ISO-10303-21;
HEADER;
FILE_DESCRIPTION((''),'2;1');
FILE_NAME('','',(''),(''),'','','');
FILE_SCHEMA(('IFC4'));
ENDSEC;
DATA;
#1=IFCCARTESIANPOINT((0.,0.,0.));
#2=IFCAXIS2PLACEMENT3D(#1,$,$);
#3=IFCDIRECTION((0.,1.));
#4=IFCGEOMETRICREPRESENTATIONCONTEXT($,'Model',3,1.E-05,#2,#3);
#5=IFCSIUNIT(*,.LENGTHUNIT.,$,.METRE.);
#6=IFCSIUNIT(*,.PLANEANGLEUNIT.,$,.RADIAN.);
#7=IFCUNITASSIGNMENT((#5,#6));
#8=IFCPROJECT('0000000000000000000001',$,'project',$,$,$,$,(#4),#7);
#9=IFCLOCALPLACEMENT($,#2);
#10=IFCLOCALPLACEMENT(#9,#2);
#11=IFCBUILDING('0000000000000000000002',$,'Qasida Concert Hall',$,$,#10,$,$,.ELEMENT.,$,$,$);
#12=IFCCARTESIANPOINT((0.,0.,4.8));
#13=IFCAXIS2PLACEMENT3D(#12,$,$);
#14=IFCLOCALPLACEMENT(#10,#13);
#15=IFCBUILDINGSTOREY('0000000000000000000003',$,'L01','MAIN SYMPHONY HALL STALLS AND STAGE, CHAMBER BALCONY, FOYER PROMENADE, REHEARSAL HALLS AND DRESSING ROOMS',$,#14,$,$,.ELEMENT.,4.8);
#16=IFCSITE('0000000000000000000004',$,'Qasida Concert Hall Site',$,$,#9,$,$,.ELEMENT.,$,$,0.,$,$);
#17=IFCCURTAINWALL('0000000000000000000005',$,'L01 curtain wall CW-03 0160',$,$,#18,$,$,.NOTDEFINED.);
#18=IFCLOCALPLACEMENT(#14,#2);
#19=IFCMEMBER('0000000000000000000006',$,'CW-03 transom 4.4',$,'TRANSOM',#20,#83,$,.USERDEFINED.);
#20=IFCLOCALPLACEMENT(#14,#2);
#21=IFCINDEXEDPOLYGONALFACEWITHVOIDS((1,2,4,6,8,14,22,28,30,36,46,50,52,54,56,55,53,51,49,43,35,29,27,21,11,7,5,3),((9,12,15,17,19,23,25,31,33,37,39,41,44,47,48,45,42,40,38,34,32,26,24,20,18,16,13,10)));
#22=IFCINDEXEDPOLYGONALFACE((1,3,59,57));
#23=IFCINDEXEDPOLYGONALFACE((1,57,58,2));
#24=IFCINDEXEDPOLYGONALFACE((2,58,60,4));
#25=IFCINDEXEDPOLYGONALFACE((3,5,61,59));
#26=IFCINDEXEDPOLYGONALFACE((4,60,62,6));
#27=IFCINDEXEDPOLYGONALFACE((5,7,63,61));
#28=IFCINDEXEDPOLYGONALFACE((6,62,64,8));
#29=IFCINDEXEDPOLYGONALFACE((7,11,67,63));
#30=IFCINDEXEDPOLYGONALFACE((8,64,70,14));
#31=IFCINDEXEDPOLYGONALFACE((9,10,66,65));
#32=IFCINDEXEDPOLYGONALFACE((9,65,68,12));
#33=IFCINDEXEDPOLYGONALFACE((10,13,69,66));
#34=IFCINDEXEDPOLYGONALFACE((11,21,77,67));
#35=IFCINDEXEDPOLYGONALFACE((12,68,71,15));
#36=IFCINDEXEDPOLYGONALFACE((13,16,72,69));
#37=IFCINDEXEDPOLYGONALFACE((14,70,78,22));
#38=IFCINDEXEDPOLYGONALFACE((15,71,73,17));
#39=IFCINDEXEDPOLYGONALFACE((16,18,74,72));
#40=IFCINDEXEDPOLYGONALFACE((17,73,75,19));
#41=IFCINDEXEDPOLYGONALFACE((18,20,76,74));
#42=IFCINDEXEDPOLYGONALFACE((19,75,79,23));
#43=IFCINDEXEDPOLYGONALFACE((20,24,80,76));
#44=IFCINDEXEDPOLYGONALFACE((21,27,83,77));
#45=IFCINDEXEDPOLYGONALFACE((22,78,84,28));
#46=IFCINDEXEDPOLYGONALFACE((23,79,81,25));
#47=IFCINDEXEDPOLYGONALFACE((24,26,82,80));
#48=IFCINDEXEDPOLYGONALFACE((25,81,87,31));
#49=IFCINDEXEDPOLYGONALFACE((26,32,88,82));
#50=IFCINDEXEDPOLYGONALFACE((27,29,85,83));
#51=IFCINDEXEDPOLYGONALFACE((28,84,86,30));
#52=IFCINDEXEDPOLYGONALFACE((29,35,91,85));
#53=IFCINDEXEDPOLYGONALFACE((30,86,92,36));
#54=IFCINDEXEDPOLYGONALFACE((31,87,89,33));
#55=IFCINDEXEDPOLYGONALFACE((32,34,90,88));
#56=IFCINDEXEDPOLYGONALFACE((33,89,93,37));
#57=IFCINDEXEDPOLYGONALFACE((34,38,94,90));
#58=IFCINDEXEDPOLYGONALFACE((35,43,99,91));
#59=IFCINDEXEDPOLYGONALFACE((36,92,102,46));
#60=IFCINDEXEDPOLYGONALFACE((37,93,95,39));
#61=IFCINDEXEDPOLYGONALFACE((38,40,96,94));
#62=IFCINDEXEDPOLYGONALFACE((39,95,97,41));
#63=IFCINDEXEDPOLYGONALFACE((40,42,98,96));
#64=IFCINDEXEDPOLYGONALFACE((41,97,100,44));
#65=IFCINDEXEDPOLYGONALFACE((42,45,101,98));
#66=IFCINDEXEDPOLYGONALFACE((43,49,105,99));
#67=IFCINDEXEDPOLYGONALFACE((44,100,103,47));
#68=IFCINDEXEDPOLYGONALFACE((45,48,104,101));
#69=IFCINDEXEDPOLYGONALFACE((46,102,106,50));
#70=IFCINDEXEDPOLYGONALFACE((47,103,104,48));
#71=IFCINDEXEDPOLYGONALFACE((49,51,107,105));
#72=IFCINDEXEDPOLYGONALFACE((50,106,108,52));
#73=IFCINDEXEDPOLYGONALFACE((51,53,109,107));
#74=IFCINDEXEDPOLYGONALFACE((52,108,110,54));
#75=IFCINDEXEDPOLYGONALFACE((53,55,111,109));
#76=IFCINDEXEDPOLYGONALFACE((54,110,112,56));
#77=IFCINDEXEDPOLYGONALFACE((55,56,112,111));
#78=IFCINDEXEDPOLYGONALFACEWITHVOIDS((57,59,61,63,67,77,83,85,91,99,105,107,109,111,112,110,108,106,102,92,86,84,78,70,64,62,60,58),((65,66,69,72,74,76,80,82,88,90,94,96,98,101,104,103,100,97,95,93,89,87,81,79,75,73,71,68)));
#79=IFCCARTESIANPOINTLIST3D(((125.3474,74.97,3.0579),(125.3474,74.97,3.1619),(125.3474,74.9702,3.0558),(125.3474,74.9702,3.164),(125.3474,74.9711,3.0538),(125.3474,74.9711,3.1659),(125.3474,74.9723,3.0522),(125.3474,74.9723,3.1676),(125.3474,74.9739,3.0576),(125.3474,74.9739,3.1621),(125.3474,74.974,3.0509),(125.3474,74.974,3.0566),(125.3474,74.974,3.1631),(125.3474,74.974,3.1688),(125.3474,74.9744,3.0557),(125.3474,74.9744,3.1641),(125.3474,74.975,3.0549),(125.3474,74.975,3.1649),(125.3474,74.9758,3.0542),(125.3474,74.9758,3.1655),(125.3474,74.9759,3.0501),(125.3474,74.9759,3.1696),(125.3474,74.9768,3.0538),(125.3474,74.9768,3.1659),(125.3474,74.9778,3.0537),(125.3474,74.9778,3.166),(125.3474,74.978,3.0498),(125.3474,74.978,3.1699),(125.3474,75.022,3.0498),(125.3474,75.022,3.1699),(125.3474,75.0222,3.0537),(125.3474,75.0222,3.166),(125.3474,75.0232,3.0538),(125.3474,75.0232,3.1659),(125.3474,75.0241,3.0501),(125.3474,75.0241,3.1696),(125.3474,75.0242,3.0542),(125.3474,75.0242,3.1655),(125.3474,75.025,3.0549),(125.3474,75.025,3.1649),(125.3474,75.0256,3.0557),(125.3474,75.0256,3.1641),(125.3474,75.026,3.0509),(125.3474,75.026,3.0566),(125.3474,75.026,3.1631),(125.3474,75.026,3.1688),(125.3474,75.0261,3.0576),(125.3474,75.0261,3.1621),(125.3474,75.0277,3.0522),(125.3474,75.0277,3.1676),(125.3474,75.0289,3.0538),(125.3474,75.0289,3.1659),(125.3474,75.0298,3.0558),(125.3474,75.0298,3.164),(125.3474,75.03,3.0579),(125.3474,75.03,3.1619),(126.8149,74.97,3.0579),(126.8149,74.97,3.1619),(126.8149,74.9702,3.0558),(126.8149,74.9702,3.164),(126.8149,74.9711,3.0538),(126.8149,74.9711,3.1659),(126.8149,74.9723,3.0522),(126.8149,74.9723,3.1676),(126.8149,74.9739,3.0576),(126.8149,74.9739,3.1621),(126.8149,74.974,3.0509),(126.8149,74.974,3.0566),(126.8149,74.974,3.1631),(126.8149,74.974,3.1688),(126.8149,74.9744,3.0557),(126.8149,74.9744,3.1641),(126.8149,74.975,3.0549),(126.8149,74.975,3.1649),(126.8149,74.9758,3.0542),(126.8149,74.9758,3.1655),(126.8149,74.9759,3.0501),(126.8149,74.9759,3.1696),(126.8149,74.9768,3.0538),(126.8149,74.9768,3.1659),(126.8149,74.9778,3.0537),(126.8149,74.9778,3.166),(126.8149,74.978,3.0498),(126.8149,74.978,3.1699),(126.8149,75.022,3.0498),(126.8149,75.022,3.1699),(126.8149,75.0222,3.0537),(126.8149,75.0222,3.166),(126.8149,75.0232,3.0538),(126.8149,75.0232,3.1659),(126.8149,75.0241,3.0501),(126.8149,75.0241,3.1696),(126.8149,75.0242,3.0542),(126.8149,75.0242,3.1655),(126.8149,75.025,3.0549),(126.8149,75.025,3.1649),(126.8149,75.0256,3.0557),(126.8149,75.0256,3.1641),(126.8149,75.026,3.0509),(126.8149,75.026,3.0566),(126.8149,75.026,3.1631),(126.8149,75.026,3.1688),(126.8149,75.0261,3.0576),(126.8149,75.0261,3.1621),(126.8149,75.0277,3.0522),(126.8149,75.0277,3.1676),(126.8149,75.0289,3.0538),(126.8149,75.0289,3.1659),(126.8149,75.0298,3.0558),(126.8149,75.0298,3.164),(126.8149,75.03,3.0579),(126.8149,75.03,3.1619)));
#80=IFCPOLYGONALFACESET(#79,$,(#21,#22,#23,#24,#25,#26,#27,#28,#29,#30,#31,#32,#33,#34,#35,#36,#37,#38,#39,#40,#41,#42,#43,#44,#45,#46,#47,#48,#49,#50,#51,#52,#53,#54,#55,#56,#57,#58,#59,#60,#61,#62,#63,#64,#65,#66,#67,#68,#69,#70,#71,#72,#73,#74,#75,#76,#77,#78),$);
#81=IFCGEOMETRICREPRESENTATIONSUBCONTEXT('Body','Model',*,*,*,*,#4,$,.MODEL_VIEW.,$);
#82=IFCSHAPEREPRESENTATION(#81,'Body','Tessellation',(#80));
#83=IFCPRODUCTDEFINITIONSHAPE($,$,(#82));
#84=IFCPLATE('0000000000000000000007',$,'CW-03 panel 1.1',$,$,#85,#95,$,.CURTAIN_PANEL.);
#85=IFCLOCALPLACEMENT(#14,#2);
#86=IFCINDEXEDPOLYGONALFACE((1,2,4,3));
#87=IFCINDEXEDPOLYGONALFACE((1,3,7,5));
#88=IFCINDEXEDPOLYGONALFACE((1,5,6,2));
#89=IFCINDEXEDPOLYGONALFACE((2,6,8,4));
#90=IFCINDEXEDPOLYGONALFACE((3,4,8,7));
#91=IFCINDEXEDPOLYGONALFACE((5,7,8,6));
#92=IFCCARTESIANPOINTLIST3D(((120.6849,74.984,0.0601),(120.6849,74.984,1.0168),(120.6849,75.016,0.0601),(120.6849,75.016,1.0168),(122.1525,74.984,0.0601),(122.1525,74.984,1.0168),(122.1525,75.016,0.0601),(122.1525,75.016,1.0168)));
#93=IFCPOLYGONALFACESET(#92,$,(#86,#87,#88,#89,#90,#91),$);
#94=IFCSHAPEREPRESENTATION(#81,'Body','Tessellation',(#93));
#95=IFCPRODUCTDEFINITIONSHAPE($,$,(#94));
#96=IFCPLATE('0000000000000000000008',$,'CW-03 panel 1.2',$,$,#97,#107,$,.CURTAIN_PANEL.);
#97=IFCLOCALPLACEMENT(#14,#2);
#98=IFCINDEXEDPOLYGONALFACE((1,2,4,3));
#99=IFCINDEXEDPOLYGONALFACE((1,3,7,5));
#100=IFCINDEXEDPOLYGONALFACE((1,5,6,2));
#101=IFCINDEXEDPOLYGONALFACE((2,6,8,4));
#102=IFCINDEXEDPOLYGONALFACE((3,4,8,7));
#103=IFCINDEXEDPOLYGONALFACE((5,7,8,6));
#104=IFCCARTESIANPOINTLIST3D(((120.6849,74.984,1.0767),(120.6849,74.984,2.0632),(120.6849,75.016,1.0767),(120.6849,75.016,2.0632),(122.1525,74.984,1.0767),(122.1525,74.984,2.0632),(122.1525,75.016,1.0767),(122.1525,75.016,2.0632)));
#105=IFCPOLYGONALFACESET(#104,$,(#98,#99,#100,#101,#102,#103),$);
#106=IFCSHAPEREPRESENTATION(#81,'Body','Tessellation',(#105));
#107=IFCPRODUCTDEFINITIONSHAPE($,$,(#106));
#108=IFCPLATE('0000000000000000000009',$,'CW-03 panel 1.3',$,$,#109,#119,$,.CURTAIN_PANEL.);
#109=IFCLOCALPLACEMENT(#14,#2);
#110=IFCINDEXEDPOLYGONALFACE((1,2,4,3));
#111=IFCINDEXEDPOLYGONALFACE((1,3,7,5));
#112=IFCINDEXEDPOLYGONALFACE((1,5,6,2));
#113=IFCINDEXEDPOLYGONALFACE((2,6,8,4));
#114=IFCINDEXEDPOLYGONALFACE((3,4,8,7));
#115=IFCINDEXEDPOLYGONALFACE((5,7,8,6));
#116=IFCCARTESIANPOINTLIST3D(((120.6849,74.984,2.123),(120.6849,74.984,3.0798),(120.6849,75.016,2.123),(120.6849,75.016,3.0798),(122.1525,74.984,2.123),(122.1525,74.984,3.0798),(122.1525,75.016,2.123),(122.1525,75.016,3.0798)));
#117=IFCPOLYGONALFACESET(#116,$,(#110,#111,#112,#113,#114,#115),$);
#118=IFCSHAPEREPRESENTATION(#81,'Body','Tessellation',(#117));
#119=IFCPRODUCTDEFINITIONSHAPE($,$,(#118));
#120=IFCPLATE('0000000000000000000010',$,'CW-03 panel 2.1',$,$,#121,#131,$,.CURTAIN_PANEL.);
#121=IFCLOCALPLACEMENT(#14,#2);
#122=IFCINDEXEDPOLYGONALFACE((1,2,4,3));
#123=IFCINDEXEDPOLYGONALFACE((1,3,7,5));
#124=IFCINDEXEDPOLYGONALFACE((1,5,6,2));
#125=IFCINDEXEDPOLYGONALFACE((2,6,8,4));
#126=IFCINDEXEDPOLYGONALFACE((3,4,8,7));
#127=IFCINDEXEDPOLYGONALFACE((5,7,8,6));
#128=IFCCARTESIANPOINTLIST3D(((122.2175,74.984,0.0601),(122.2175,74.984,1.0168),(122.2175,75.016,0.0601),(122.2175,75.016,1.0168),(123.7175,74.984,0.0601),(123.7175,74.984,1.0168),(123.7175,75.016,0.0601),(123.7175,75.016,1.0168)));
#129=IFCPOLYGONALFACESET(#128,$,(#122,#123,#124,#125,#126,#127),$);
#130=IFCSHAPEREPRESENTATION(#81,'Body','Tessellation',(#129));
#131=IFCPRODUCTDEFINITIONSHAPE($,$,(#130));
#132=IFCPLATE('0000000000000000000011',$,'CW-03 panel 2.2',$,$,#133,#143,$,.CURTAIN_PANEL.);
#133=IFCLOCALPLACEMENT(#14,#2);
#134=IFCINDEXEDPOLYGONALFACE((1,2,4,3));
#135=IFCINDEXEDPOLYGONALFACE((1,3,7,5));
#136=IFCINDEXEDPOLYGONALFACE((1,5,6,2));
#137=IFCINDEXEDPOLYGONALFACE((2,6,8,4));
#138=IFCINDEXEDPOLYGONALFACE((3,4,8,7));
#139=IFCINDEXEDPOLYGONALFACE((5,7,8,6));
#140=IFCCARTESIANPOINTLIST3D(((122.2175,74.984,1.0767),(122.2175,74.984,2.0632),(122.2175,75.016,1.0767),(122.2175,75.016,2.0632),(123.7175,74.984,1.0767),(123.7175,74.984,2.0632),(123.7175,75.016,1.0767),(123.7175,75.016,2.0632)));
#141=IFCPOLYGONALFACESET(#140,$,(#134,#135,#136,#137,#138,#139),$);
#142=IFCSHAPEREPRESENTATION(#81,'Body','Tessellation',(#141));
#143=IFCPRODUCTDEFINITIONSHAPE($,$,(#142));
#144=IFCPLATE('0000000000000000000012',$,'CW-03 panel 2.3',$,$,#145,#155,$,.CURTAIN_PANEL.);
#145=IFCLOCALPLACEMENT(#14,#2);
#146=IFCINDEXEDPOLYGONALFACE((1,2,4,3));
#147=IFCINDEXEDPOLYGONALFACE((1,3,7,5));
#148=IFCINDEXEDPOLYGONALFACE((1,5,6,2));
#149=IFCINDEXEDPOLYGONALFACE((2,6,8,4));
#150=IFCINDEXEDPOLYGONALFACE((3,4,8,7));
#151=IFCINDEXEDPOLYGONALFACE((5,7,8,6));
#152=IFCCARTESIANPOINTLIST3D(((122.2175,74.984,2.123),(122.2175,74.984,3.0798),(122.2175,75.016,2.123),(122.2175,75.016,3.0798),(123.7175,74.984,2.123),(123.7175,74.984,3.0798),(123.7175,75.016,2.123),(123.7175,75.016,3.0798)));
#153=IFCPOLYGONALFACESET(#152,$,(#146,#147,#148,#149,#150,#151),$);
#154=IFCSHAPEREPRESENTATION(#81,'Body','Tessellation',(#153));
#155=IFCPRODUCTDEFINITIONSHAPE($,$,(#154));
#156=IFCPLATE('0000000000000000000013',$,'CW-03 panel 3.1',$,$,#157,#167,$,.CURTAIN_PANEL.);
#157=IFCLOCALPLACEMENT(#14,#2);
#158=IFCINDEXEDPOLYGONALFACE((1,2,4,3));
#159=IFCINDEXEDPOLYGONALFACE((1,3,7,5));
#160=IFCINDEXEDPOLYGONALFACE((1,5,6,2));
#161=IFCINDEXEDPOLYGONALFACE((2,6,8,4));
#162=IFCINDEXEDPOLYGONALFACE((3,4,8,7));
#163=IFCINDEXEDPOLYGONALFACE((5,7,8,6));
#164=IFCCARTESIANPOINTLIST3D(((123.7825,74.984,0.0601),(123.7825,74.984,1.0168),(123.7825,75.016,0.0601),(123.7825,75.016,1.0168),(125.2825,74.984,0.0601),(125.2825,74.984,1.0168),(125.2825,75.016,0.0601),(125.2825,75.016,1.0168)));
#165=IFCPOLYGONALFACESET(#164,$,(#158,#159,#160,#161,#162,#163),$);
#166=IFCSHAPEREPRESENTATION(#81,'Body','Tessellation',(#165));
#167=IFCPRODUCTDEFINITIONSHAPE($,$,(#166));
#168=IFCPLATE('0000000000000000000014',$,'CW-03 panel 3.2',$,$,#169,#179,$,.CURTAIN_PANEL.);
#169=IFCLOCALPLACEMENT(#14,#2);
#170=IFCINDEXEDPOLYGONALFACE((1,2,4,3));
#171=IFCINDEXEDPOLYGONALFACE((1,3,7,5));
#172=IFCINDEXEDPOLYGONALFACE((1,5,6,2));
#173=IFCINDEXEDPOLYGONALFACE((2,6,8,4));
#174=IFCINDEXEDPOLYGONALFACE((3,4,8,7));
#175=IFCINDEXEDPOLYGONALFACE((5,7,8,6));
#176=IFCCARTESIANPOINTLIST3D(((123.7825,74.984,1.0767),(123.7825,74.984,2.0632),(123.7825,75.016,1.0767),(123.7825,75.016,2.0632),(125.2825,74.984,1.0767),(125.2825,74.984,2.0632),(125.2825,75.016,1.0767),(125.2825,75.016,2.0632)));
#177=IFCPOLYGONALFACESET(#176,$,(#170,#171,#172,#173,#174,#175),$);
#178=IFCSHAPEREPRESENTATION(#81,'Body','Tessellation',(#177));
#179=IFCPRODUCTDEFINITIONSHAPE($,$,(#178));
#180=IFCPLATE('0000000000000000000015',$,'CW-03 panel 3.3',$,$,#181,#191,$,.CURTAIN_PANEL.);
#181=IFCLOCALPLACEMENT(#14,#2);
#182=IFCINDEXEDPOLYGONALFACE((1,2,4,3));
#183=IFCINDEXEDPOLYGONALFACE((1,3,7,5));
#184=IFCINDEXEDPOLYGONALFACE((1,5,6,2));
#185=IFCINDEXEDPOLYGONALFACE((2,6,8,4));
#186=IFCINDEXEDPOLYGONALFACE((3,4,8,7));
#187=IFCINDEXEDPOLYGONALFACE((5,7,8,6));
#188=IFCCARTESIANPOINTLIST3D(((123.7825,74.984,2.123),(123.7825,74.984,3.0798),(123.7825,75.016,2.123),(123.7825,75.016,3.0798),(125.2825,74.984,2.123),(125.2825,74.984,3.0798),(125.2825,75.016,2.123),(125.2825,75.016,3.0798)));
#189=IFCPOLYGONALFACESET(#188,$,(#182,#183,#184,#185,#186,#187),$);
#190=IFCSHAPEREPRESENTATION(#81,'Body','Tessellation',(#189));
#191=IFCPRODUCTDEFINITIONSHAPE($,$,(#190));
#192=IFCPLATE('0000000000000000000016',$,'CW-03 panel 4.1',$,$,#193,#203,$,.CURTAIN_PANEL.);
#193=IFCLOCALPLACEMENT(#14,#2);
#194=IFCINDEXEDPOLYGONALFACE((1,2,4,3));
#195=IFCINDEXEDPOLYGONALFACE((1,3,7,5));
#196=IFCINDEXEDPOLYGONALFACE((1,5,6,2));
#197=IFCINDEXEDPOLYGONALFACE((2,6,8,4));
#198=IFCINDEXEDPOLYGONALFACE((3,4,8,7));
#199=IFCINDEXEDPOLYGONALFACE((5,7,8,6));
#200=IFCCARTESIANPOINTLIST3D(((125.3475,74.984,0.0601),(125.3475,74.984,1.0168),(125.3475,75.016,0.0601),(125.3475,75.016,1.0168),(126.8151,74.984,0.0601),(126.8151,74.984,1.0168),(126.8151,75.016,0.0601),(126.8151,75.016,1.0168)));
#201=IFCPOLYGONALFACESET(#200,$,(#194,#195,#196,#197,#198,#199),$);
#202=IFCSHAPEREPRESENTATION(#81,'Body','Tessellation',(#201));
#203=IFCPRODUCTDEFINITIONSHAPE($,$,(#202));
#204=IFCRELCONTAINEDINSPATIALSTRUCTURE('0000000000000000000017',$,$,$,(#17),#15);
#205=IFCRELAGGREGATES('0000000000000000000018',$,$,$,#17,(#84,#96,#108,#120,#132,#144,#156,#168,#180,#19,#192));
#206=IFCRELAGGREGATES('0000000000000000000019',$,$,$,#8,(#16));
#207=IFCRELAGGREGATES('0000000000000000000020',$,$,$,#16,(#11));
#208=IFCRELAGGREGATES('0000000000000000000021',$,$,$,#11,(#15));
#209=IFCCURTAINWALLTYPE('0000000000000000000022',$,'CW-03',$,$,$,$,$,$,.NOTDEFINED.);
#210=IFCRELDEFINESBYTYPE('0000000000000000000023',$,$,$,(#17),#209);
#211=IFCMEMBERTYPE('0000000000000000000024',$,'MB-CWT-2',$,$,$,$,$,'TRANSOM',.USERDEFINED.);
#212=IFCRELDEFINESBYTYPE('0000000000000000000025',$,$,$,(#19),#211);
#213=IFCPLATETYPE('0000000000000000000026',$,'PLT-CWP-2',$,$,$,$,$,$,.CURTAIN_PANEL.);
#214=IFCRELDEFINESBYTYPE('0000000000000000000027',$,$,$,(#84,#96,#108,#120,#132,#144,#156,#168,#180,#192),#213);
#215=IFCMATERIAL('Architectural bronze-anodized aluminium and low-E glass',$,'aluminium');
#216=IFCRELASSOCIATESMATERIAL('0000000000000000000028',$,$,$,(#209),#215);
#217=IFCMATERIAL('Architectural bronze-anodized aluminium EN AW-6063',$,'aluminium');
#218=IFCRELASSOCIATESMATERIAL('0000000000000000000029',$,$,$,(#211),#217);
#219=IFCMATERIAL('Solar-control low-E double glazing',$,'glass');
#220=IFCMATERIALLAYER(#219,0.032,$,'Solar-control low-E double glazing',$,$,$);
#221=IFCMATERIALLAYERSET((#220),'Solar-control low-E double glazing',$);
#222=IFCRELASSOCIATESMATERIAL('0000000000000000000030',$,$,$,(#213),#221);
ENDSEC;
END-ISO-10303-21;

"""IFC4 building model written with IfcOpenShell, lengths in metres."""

from ifc_helpers import new_model, si_unit, direction, frame, origin, origin_2d, place, context, subcontext, project, spatial, rectangle, hollow_rectangle, extrude, material, layer, layer_set, material_profile, profile_set, type_object, element, aggregate, save


model = new_model("IFC4")

# Units and contexts
model_context = context("Model", 3, precision=1e-05, world=origin(), true_north=direction((0.0, 1.0)))
body_context = subcontext(model_context, "Body", "Model", "MODEL_VIEW")
ifc_project = project(units=[si_unit("LENGTHUNIT", "METRE"), si_unit("PLANEANGLEUNIT", "RADIAN")], contexts=[model_context])

# Site, building, storey
site_placement = place(None, origin())
site = spatial("IfcSite", under=ifc_project, at=site_placement, Name="Qasida Concert Hall Site", CompositionType="ELEMENT", RefElevation=0.0)
building_placement = place(site_placement, origin())
building = spatial("IfcBuilding", under=site, at=building_placement, Name="Qasida Concert Hall", CompositionType="ELEMENT")
storey_placement = place(building_placement, frame((0.0, 0.0, 4.8)))
storey = spatial("IfcBuildingStorey", under=building, at=storey_placement, Name="L01", Description="MAIN SYMPHONY HALL STALLS AND STAGE, CHAMBER BALCONY, FOYER PROMENADE, REHEARSAL HALLS AND DRESSING ROOMS", CompositionType="ELEMENT", Elevation=4.8)

# Curtain wall, member, plates
ifc_material_1 = material(Name="Architectural bronze-anodized aluminium and low-E glass", Category="aluminium")
curtain_wall_type = type_object("IfcCurtainWallType", Name="CW-03", PredefinedType="NOTDEFINED", material=ifc_material_1)
curtain_wall_placement = place(storey_placement, origin())
curtain_wall = element("IfcCurtainWall", 1, at=curtain_wall_placement, inside=storey, type_object=curtain_wall_type, Name="L01 curtain wall CW-03 0160", PredefinedType="NOTDEFINED")
ifc_material_2 = material(Name="Architectural bronze-anodized aluminium EN AW-6063", Category="aluminium")
ifc_material_profile_1 = material_profile(ifc_material_2, hollow_rectangle(XDim=0.0601, YDim=0.1201, WallThickness=0.0039, InnerFilletRadius=0.0039, OuterFilletRadius=0.0081, at=origin_2d()), Name="CWT 120x60x4")
ifc_profile_set_1 = profile_set([ifc_material_profile_1], Name="Architectural bronze-anodized aluminium EN AW-6063")
member_type_1 = type_object("IfcMemberType", Name="MB-CWT-2", ElementType="TRANSOM", PredefinedType="USERDEFINED", material=ifc_profile_set_1)
member_1_placement = place(storey_placement, frame((125.3474, 75.0, 3.1099), z_axis=(1.0, 0.0, 0.0), x_axis=(0.0, 1.0, 0.0)))
member_1 = element("IfcMember", 2, at=member_1_placement, type_object=member_type_1, Name="CW-03 transom 4.4", ObjectType="TRANSOM", PredefinedType="USERDEFINED", context=body_context, shape_type="SweptSolid", body=[
    extrude(hollow_rectangle(XDim=0.0601, YDim=0.1201, WallThickness=0.0039, InnerFilletRadius=0.0039, OuterFilletRadius=0.0081, at=origin_2d()), origin(), (0.0, 0.0, 1.0), 1.4675),
])
ifc_material_3 = material(Name="Solar-control low-E double glazing", Category="glass")
ifc_layer = layer(ifc_material_3, 0.032, Name="Solar-control low-E double glazing")
ifc_layer_set = layer_set([ifc_layer], Name="Solar-control low-E double glazing")
plate_type = type_object("IfcPlateType", Name="PLT-CWP-2", PredefinedType="CURTAIN_PANEL", material=ifc_layer_set)
plate_1_placement = place(storey_placement, frame((121.4187, 75.0, 0.0601), z_axis=(0.0, 0.0, 1.0), x_axis=(1.0, 0.0, 0.0)))
plate_1 = element("IfcPlate", 3, at=plate_1_placement, type_object=plate_type, Name="CW-03 panel 1.1", PredefinedType="CURTAIN_PANEL", context=body_context, shape_type="SweptSolid", body=[
    extrude(rectangle(XDim=1.4675, YDim=0.032, at=origin_2d()), origin(), (0.0, 0.0, 1.0), 0.9568),
])
plate_2_placement = place(storey_placement, frame((121.4187, 75.0, 1.0767), z_axis=(0.0, 0.0, 1.0), x_axis=(1.0, 0.0, 0.0)))
plate_2 = element("IfcPlate", 4, at=plate_2_placement, type_object=plate_type, Name="CW-03 panel 1.2", PredefinedType="CURTAIN_PANEL", context=body_context, shape_type="SweptSolid", body=[
    extrude(rectangle(XDim=1.4675, YDim=0.032, at=origin_2d()), origin(), (0.0, 0.0, 1.0), 0.9866),
])
plate_3_placement = place(storey_placement, frame((121.4187, 75.0, 2.123), z_axis=(0.0, 0.0, 1.0), x_axis=(1.0, 0.0, 0.0)))
plate_3 = element("IfcPlate", 5, at=plate_3_placement, type_object=plate_type, Name="CW-03 panel 1.3", PredefinedType="CURTAIN_PANEL", context=body_context, shape_type="SweptSolid", body=[
    extrude(rectangle(XDim=1.4675, YDim=0.032, at=origin_2d()), origin(), (0.0, 0.0, 1.0), 0.9568),
])
plate_4_placement = place(storey_placement, frame((122.9675, 75.0, 0.0601), z_axis=(0.0, 0.0, 1.0), x_axis=(1.0, 0.0, 0.0)))
plate_4 = element("IfcPlate", 6, at=plate_4_placement, type_object=plate_type, Name="CW-03 panel 2.1", PredefinedType="CURTAIN_PANEL", context=body_context, shape_type="SweptSolid", body=[
    extrude(rectangle(XDim=1.5, YDim=0.032, at=origin_2d()), origin(), (0.0, 0.0, 1.0), 0.9568),
])
plate_5_placement = place(storey_placement, frame((122.9675, 75.0, 1.0767), z_axis=(0.0, 0.0, 1.0), x_axis=(1.0, 0.0, 0.0)))
plate_5 = element("IfcPlate", 7, at=plate_5_placement, type_object=plate_type, Name="CW-03 panel 2.2", PredefinedType="CURTAIN_PANEL", context=body_context, shape_type="SweptSolid", body=[
    extrude(rectangle(XDim=1.5, YDim=0.032, at=origin_2d()), origin(), (0.0, 0.0, 1.0), 0.9866),
])
plate_6_placement = place(storey_placement, frame((122.9675, 75.0, 2.123), z_axis=(0.0, 0.0, 1.0), x_axis=(1.0, 0.0, 0.0)))
plate_6 = element("IfcPlate", 8, at=plate_6_placement, type_object=plate_type, Name="CW-03 panel 2.3", PredefinedType="CURTAIN_PANEL", context=body_context, shape_type="SweptSolid", body=[
    extrude(rectangle(XDim=1.5, YDim=0.032, at=origin_2d()), origin(), (0.0, 0.0, 1.0), 0.9568),
])
plate_7_placement = place(storey_placement, frame((124.5325, 75.0, 0.0601), z_axis=(0.0, 0.0, 1.0), x_axis=(1.0, 0.0, 0.0)))
plate_7 = element("IfcPlate", 9, at=plate_7_placement, type_object=plate_type, Name="CW-03 panel 3.1", PredefinedType="CURTAIN_PANEL", context=body_context, shape_type="SweptSolid", body=[
    extrude(rectangle(XDim=1.5, YDim=0.032, at=origin_2d()), origin(), (0.0, 0.0, 1.0), 0.9568),
])
plate_8_placement = place(storey_placement, frame((124.5325, 75.0, 1.0767), z_axis=(0.0, 0.0, 1.0), x_axis=(1.0, 0.0, 0.0)))
plate_8 = element("IfcPlate", 10, at=plate_8_placement, type_object=plate_type, Name="CW-03 panel 3.2", PredefinedType="CURTAIN_PANEL", context=body_context, shape_type="SweptSolid", body=[
    extrude(rectangle(XDim=1.5, YDim=0.032, at=origin_2d()), origin(), (0.0, 0.0, 1.0), 0.9866),
])
plate_9_placement = place(storey_placement, frame((124.5325, 75.0, 2.123), z_axis=(0.0, 0.0, 1.0), x_axis=(1.0, 0.0, 0.0)))
plate_9 = element("IfcPlate", 11, at=plate_9_placement, type_object=plate_type, Name="CW-03 panel 3.3", PredefinedType="CURTAIN_PANEL", context=body_context, shape_type="SweptSolid", body=[
    extrude(rectangle(XDim=1.5, YDim=0.032, at=origin_2d()), origin(), (0.0, 0.0, 1.0), 0.9568),
])
plate_10_placement = place(storey_placement, frame((126.0813, 75.0, 0.0601), z_axis=(0.0, 0.0, 1.0), x_axis=(1.0, 0.0, 0.0)))
plate_10 = element("IfcPlate", 12, at=plate_10_placement, type_object=plate_type, Name="CW-03 panel 4.1", PredefinedType="CURTAIN_PANEL", context=body_context, shape_type="SweptSolid", body=[
    extrude(rectangle(XDim=1.4675, YDim=0.032, at=origin_2d()), origin(), (0.0, 0.0, 1.0), 0.9568),
])
aggregate(curtain_wall, [plate_1, plate_2, plate_3, plate_4, plate_5, plate_6, plate_7, plate_8, plate_9, member_1, plate_10])

save(model, "model.ifc")
